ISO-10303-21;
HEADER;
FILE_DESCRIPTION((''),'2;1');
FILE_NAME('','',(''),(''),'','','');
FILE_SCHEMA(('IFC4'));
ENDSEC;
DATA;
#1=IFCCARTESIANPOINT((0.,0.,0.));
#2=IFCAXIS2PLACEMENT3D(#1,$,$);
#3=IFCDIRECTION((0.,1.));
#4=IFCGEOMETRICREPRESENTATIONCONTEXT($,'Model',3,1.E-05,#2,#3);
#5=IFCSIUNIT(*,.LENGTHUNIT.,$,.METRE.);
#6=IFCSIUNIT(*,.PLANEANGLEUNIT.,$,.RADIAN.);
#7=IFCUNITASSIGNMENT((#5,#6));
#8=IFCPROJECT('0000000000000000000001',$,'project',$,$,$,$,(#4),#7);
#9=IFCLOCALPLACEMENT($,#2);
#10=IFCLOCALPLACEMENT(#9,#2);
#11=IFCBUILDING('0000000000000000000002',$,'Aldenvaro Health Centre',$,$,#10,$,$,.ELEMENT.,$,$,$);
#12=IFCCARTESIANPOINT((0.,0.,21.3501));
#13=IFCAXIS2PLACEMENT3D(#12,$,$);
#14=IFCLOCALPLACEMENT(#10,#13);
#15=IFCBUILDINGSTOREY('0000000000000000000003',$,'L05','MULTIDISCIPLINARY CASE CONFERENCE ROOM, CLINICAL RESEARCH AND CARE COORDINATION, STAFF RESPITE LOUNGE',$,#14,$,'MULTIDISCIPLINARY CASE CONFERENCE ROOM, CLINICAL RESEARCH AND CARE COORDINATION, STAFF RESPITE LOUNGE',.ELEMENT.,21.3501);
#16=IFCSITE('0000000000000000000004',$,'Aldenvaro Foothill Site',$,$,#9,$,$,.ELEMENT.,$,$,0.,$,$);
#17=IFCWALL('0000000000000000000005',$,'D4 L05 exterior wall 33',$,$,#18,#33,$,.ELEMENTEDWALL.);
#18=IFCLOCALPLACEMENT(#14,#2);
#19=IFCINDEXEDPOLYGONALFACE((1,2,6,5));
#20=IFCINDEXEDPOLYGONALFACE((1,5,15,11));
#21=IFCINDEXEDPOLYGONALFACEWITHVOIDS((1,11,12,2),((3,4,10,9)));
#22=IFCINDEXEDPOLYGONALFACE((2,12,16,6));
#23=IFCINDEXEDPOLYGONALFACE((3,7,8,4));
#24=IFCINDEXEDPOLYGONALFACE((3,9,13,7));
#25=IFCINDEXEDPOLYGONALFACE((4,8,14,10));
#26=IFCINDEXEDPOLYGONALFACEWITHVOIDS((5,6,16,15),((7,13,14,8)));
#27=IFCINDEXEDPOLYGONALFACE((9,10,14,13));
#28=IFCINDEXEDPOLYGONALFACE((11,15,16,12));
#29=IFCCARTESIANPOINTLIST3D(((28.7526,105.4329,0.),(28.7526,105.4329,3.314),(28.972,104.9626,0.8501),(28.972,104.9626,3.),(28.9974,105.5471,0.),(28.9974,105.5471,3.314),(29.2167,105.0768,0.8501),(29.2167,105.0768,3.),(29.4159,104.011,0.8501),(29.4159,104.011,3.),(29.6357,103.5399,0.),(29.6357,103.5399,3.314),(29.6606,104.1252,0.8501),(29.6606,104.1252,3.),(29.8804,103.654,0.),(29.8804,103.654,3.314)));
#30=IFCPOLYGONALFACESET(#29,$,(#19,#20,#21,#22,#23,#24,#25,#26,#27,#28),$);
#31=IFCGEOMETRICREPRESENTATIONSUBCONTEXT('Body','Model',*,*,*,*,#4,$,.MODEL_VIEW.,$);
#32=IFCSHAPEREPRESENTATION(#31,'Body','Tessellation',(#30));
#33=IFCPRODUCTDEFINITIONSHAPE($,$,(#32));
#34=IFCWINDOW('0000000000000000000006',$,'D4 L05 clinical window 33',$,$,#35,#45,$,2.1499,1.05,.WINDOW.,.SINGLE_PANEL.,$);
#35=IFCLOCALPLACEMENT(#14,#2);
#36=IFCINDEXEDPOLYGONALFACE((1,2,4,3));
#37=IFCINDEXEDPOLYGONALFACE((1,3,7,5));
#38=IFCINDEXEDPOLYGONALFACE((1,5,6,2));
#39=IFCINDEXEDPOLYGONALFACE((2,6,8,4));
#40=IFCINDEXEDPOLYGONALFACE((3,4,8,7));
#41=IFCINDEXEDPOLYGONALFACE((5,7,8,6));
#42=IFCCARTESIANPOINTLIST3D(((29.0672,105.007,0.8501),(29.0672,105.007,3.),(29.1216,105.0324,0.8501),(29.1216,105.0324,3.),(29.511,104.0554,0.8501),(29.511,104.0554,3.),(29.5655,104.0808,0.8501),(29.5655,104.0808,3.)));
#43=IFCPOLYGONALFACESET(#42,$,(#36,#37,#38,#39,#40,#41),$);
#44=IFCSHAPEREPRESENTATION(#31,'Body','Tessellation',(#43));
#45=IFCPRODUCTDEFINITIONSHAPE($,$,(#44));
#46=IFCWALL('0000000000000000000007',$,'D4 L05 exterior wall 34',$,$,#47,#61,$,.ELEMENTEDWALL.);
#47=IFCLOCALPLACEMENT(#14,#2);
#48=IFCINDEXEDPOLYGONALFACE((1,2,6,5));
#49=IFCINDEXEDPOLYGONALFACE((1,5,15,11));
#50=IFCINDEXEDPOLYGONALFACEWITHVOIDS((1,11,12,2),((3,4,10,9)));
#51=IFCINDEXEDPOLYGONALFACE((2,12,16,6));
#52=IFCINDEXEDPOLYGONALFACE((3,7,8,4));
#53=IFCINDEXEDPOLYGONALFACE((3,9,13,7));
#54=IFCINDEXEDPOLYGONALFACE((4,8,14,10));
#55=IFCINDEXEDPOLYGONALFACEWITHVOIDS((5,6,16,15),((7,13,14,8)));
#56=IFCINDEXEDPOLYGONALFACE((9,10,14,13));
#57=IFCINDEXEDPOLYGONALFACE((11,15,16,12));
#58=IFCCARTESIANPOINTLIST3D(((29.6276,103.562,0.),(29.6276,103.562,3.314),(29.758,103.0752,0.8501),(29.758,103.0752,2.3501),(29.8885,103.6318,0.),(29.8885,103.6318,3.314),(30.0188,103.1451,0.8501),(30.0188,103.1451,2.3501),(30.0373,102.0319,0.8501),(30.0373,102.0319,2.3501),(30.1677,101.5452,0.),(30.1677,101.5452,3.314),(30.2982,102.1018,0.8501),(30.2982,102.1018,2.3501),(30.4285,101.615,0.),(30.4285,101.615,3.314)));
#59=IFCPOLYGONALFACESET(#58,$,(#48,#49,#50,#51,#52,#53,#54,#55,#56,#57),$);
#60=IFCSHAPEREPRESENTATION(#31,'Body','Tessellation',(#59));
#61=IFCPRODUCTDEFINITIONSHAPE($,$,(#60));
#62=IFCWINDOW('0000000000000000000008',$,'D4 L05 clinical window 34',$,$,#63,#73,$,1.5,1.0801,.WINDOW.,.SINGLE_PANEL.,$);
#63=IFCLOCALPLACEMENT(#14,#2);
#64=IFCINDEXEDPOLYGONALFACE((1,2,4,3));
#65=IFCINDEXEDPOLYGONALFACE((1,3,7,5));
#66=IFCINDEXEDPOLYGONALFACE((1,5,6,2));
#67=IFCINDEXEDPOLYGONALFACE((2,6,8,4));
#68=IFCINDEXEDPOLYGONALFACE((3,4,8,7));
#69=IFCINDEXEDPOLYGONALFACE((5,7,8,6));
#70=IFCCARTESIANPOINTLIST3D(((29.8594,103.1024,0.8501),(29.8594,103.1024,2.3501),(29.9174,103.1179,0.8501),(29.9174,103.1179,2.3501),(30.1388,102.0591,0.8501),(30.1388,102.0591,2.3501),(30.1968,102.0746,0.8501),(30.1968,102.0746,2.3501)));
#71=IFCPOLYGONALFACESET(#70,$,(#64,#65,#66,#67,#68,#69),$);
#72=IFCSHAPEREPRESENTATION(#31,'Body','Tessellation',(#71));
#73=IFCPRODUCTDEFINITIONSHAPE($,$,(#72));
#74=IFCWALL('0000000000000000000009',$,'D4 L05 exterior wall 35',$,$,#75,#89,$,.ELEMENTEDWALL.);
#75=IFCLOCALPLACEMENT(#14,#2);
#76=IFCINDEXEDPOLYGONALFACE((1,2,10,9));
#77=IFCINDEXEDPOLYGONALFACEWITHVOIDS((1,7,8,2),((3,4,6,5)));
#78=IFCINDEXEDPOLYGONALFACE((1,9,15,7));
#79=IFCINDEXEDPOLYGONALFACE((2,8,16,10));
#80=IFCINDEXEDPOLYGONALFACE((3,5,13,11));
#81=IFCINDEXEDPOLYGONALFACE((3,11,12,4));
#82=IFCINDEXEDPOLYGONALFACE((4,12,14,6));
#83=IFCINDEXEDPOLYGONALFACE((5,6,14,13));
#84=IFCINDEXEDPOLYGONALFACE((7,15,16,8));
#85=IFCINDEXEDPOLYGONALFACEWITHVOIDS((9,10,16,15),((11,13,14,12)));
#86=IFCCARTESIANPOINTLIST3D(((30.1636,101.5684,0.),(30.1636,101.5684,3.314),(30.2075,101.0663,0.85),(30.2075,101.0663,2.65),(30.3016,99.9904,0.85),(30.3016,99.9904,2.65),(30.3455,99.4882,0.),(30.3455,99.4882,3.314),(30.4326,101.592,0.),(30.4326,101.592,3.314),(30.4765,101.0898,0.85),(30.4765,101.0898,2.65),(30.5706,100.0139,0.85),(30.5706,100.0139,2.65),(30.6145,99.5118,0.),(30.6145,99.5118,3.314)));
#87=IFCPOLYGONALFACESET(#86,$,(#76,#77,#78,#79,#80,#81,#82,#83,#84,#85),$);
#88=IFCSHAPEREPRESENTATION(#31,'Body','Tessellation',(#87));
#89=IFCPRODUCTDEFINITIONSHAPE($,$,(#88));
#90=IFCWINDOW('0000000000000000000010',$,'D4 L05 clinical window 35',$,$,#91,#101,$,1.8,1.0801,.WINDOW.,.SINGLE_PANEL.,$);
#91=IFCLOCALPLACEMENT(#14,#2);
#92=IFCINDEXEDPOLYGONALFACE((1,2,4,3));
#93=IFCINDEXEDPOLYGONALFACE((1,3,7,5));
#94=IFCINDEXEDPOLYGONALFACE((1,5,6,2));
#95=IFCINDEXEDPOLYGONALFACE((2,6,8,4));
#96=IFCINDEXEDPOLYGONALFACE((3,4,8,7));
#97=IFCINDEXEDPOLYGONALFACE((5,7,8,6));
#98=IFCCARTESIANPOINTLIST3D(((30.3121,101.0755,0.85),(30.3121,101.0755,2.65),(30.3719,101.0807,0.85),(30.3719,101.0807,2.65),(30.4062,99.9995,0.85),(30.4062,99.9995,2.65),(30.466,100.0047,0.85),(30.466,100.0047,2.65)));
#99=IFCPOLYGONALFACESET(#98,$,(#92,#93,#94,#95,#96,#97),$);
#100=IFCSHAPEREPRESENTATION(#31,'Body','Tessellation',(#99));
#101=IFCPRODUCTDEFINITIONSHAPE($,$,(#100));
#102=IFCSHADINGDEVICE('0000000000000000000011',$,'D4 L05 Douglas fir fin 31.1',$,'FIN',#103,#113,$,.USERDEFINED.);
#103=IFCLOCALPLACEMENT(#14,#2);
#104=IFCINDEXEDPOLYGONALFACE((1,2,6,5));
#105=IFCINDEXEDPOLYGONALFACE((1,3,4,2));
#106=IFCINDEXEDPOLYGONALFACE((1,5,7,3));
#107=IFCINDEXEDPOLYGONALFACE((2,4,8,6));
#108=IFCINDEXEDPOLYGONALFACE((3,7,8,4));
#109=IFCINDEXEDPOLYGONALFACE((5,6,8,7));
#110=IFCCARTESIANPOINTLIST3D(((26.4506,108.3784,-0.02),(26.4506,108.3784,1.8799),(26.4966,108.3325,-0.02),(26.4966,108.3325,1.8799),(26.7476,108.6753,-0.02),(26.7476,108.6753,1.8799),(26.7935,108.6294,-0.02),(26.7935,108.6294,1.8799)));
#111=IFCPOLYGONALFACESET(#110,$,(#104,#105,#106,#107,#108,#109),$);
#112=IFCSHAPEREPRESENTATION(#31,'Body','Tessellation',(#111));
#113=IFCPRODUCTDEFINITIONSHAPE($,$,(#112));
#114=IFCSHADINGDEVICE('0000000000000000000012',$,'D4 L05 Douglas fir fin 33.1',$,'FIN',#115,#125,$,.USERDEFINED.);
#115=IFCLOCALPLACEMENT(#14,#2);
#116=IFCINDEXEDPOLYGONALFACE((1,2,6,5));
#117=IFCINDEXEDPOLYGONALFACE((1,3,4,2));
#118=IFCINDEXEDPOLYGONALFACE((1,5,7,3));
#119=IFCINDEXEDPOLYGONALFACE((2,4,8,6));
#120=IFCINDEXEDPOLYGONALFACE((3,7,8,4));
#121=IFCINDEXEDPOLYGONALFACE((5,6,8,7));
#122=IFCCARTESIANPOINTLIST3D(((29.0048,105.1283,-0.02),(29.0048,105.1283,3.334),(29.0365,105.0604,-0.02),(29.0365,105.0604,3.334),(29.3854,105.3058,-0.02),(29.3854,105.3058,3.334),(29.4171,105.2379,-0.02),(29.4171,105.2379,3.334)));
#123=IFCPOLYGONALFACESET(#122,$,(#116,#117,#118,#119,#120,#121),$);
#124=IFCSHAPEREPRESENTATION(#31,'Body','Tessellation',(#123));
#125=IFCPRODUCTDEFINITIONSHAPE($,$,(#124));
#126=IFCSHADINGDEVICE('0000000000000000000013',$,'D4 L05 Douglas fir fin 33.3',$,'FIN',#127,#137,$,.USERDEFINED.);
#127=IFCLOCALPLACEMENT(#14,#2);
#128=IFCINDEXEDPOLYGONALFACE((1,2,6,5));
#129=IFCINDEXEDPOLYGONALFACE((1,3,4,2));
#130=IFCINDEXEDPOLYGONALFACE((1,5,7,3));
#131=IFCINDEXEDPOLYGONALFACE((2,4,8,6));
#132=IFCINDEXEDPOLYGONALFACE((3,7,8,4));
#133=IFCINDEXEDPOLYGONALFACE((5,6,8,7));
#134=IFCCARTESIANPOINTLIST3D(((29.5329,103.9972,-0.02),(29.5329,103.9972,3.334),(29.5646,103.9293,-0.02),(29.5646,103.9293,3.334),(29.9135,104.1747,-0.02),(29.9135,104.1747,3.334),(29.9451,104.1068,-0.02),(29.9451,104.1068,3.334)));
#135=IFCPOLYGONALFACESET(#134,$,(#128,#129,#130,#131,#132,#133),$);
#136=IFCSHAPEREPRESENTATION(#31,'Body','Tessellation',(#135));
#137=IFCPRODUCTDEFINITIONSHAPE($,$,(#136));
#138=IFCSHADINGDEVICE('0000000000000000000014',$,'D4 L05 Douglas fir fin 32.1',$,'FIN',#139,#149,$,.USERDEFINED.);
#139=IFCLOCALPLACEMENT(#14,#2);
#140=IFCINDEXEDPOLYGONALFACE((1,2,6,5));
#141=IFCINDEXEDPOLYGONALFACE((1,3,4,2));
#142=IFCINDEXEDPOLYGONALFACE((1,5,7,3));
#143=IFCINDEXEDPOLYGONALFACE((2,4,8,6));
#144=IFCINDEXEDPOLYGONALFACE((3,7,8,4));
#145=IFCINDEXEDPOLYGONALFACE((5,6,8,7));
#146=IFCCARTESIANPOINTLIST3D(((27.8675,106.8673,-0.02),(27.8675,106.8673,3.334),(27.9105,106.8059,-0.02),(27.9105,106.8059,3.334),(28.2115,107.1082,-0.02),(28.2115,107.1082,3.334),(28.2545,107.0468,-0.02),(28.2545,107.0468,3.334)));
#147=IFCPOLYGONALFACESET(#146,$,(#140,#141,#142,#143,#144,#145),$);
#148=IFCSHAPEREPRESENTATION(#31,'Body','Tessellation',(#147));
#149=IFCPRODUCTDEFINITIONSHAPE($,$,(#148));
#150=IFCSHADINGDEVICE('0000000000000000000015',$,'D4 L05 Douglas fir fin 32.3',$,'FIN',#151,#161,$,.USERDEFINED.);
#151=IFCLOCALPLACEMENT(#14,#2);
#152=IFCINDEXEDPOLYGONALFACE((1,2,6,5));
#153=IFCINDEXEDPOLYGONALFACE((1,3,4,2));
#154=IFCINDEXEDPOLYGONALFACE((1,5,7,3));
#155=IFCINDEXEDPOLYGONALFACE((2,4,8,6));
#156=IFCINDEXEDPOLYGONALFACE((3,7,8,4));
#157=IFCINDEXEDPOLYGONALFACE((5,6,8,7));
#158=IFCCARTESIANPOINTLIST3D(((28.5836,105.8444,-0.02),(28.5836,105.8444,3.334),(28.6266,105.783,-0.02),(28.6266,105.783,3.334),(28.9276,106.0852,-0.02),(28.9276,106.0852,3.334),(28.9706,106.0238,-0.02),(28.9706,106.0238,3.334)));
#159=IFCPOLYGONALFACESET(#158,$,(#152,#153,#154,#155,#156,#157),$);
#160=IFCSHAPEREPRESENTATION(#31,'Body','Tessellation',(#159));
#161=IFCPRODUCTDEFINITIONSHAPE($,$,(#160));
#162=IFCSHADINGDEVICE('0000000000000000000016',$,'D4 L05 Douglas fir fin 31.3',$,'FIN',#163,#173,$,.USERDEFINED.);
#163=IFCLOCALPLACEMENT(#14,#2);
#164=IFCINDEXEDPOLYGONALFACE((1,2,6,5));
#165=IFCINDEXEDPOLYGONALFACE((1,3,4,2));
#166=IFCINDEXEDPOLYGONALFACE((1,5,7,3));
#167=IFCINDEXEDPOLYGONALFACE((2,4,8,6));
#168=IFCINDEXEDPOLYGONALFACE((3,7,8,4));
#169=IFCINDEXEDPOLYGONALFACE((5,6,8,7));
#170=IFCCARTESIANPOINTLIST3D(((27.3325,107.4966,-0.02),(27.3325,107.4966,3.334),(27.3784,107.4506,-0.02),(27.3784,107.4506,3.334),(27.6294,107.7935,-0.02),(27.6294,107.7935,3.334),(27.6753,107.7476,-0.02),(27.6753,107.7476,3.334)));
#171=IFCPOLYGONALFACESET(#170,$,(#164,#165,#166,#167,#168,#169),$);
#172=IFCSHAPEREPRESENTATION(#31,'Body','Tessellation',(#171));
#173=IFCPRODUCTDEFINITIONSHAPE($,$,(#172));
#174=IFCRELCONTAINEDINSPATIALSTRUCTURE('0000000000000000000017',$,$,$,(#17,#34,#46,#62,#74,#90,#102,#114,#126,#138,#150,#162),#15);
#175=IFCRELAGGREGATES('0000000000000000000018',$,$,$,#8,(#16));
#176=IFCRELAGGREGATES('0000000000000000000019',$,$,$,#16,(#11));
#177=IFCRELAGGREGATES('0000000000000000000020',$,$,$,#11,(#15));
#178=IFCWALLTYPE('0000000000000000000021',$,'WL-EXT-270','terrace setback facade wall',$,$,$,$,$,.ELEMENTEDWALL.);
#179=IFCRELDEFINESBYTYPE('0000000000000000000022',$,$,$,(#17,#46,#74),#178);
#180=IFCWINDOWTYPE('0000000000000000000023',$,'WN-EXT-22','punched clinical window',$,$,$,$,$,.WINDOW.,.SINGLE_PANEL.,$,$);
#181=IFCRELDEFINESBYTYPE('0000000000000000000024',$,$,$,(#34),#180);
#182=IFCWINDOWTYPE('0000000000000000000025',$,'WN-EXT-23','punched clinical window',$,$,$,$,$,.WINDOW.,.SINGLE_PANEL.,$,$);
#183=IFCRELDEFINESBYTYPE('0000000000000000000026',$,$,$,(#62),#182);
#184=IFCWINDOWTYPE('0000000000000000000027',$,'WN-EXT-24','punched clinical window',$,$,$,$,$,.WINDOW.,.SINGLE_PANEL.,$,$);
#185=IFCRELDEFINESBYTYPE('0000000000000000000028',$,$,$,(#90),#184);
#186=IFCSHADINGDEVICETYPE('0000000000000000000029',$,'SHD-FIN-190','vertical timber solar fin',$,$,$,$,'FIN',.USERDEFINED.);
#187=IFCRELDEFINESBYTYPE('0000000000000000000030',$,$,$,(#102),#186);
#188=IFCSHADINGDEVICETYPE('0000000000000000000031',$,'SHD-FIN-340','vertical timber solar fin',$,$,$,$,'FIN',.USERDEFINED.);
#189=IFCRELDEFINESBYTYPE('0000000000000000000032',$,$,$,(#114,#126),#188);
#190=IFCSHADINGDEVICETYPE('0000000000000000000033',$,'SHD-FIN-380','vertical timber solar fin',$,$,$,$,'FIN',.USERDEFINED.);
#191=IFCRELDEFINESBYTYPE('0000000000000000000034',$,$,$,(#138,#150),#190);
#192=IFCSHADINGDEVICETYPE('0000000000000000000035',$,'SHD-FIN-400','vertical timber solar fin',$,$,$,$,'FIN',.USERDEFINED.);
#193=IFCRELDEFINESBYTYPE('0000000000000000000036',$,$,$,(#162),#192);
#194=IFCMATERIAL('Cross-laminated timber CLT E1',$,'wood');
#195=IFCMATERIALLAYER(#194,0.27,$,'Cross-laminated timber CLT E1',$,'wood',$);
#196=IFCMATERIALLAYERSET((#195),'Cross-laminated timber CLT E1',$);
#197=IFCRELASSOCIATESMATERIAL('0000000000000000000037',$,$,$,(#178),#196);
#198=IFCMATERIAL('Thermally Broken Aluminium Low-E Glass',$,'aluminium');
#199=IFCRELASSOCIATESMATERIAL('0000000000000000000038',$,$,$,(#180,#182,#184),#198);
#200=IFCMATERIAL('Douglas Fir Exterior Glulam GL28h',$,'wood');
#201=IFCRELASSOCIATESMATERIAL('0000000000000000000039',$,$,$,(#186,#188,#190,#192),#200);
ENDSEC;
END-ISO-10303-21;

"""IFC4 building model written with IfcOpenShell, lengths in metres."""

from ifc_helpers import new_model, si_unit, direction, frame, frame_2d, origin, origin_2d, place, context, subcontext, project, spatial, rectangle, extrude, material, layer, layer_set, type_object, element, fill, save


model = new_model("IFC4")

# Units and contexts
model_context = context("Model", 3, precision=1e-05, world=origin(), true_north=direction((0.0, 1.0)))
body_context = subcontext(model_context, "Body", "Model", "MODEL_VIEW")
ifc_project = project(units=[si_unit("LENGTHUNIT", "METRE"), si_unit("PLANEANGLEUNIT", "RADIAN")], contexts=[model_context])

# Site, building, storey
site_placement = place(None, origin())
site = spatial("IfcSite", under=ifc_project, at=site_placement, Name="Aldenvaro Foothill Site", CompositionType="ELEMENT", RefElevation=0.0)
building_placement = place(site_placement, origin())
building = spatial("IfcBuilding", under=site, at=building_placement, Name="Aldenvaro Health Centre", CompositionType="ELEMENT")
storey_placement = place(building_placement, frame((0.0, 0.0, 21.3501)))
storey = spatial("IfcBuildingStorey", under=building, at=storey_placement, Name="L05", Description="MULTIDISCIPLINARY CASE CONFERENCE ROOM, CLINICAL RESEARCH AND CARE COORDINATION, STAFF RESPITE LOUNGE", LongName="MULTIDISCIPLINARY CASE CONFERENCE ROOM, CLINICAL RESEARCH AND CARE COORDINATION, STAFF RESPITE LOUNGE", CompositionType="ELEMENT", Elevation=21.3501)

# Walls, openings, windows
ifc_material_1 = material(Name="Cross-laminated timber CLT E1", Category="wood")
ifc_layer = layer(ifc_material_1, 0.27, Name="Cross-laminated timber CLT E1", Category="wood")
ifc_layer_set = layer_set([ifc_layer], Name="Cross-laminated timber CLT E1")
wall_type = type_object("IfcWallType", Name="WL-EXT-270", Description="terrace setback facade wall", PredefinedType="ELEMENTEDWALL", material=ifc_layer_set)
ifc_material_2 = material(Name="Thermally Broken Aluminium Low-E Glass", Category="aluminium")
wall_1_placement = place(storey_placement, frame((28.875, 105.49, 0.0), z_axis=(0.0, 0.0, 1.0), x_axis=(0.422738, -0.906252, 0.0)))
wall_1 = element("IfcWall", 1, at=wall_1_placement, inside=storey, type_object=wall_type, Name="D4 L05 exterior wall 33", PredefinedType="ELEMENTEDWALL", context=body_context, shape_type="SweptSolid", body=[
    extrude(rectangle(XDim=2.0889, YDim=0.27, at=frame_2d((1.0444, 0.0))), origin(), (0.0, 0.0, 1.0), 3.314),
])
opening_1_placement = place(wall_1_placement, frame((0.519, 0.0, 0.8501)))
opening_1 = element("IfcOpeningElement", 2, at=opening_1_placement, cuts=wall_1, PredefinedType="OPENING", context=body_context, shape_type="SweptSolid", body=[
    extrude(rectangle(XDim=1.05, YDim=2.1499, at=frame_2d((0.5249, 1.075))), frame((0.0, 0.145, 0.0), z_axis=(0.0, -1.0, 0.0), x_axis=(1.0, 0.0, 0.0)), (0.0, 0.0, 1.0), 0.29),
])
window_type_1 = type_object("IfcWindowType", Name="WN-EXT-22", Description="punched clinical window", PartitioningType="SINGLE_PANEL", PredefinedType="WINDOW", material=ifc_material_2)
window_1_placement = place(opening_1_placement, origin())
window_1 = element("IfcWindow", 3, at=window_1_placement, inside=storey, type_object=window_type_1, Name="D4 L05 clinical window 33", OverallHeight=2.1499, OverallWidth=1.05, PartitioningType="SINGLE_PANEL", PredefinedType="WINDOW", context=body_context, shape_type="SweptSolid", body=[
    extrude(rectangle(XDim=1.05, YDim=2.1499, at=frame_2d((0.5249, 1.075))), frame((0.0, 0.03, 0.0), z_axis=(0.0, -1.0, 0.0), x_axis=(1.0, 0.0, 0.0)), (0.0, 0.0, 1.0), 0.0601),
])
fill(opening_1, window_1)
wall_2_placement = place(storey_placement, frame((29.7581, 103.5969, 0.0), z_axis=(0.0, 0.0, 1.0), x_axis=(0.258652, -0.96597, 0.0)))
wall_2 = element("IfcWall", 4, at=wall_2_placement, inside=storey, type_object=wall_type, Name="D4 L05 exterior wall 34", PredefinedType="ELEMENTEDWALL", context=body_context, shape_type="SweptSolid", body=[
    extrude(rectangle(XDim=2.0879, YDim=0.27, at=frame_2d((1.0439, 0.0))), origin(), (0.0, 0.0, 1.0), 3.314),
])
opening_2_placement = place(wall_2_placement, frame((0.5039, 0.0, 0.8501)))
opening_2 = element("IfcOpeningElement", 5, at=opening_2_placement, cuts=wall_2, PredefinedType="OPENING", context=body_context, shape_type="SweptSolid", body=[
    extrude(rectangle(XDim=1.0801, YDim=1.5, at=frame_2d((0.54, 0.75))), frame((0.0, 0.145, 0.0), z_axis=(0.0, -1.0, 0.0), x_axis=(1.0, 0.0, 0.0)), (0.0, 0.0, 1.0), 0.29),
])
window_type_2 = type_object("IfcWindowType", Name="WN-EXT-23", Description="punched clinical window", PartitioningType="SINGLE_PANEL", PredefinedType="WINDOW", material=ifc_material_2)
window_2_placement = place(opening_2_placement, origin())
window_2 = element("IfcWindow", 6, at=window_2_placement, inside=storey, type_object=window_type_2, Name="D4 L05 clinical window 34", OverallHeight=1.5, OverallWidth=1.0801, PartitioningType="SINGLE_PANEL", PredefinedType="WINDOW", context=body_context, shape_type="SweptSolid", body=[
    extrude(rectangle(XDim=1.0801, YDim=1.5, at=frame_2d((0.54, 0.75))), frame((0.0, 0.03, 0.0), z_axis=(0.0, -1.0, 0.0), x_axis=(1.0, 0.0, 0.0)), (0.0, 0.0, 1.0), 0.0601),
])
fill(opening_2, window_2)
wall_3_placement = place(storey_placement, frame((30.2981, 101.5801, 0.0), z_axis=(0.0, 0.0, 1.0), x_axis=(0.087109, -0.996199, 0.0)))
wall_3 = element("IfcWall", 7, at=wall_3_placement, inside=storey, type_object=wall_type, Name="D4 L05 exterior wall 35", PredefinedType="ELEMENTEDWALL", context=body_context, shape_type="SweptSolid", body=[
    extrude(rectangle(XDim=2.0881, YDim=0.27, at=frame_2d((1.0439, 0.0))), origin(), (0.0, 0.0, 1.0), 3.314),
])
opening_3_placement = place(wall_3_placement, frame((0.5039, 0.0, 0.8501)))
opening_3 = element("IfcOpeningElement", 8, at=opening_3_placement, cuts=wall_3, PredefinedType="OPENING", context=body_context, shape_type="SweptSolid", body=[
    extrude(rectangle(XDim=1.0801, YDim=1.8, at=frame_2d((0.54, 0.8999))), frame((0.0, 0.145, 0.0), z_axis=(0.0, -1.0, 0.0), x_axis=(1.0, 0.0, 0.0)), (0.0, 0.0, 1.0), 0.29),
])
window_type_3 = type_object("IfcWindowType", Name="WN-EXT-24", Description="punched clinical window", PartitioningType="SINGLE_PANEL", PredefinedType="WINDOW", material=ifc_material_2)
window_3_placement = place(opening_3_placement, origin())
window_3 = element("IfcWindow", 9, at=window_3_placement, inside=storey, type_object=window_type_3, Name="D4 L05 clinical window 35", OverallHeight=1.8, OverallWidth=1.0801, PartitioningType="SINGLE_PANEL", PredefinedType="WINDOW", context=body_context, shape_type="SweptSolid", body=[
    extrude(rectangle(XDim=1.0801, YDim=1.8, at=frame_2d((0.54, 0.8999))), frame((0.0, 0.03, 0.0), z_axis=(0.0, -1.0, 0.0), x_axis=(1.0, 0.0, 0.0)), (0.0, 0.0, 1.0), 0.0601),
])
fill(opening_3, window_3)

# Shading devices
ifc_material_3 = material(Name="Douglas Fir Exterior Glulam GL28h", Category="wood")
shading_device_type_1 = type_object("IfcShadingDeviceType", Name="SHD-FIN-190", Description="vertical timber solar fin", ElementType="FIN", PredefinedType="USERDEFINED", material=ifc_material_3)
shading_device_1_placement = place(storey_placement, frame((26.6221, 108.5039, -0.02), z_axis=(0.0, 0.0, 1.0), x_axis=(0.707107, -0.707107, 0.0)))
element("IfcShadingDevice", 10, at=shading_device_1_placement, inside=storey, type_object=shading_device_type_1, Name="D4 L05 Douglas fir fin 31.1", ObjectType="FIN", PredefinedType="USERDEFINED", context=body_context, shape_type="SweptSolid", body=[
    extrude(rectangle(XDim=0.0649, YDim=0.4199, at=origin_2d()), origin(), (0.0, 0.0, 1.0), 1.8999),
])
shading_device_type_2 = type_object("IfcShadingDeviceType", Name="SHD-FIN-340", Description="vertical timber solar fin", ElementType="FIN", PredefinedType="USERDEFINED", material=ifc_material_3)
for number, where, z_axis, x_axis, name in (
    (11, (29.2109, 105.1831, -0.02), (0.0, 0.0, 1.0), (0.422728, -0.906257, 0.0), "D4 L05 Douglas fir fin 33.1"),
    (12, (29.739, 104.052, -0.02), (0.0, 0.0, 1.0), (0.422728, -0.906257, 0.0), "D4 L05 Douglas fir fin 33.3"),
):
    element("IfcShadingDevice", number, at=place(storey_placement, frame(where, z_axis=z_axis, x_axis=x_axis)), inside=storey, type_object=shading_device_type_2, Name=name, ObjectType="FIN", PredefinedType="USERDEFINED", context=body_context, shape_type="SweptSolid", body=[
        extrude(rectangle(XDim=0.075, YDim=0.4199, at=origin_2d()), origin(), (0.0, 0.0, 1.0), 3.354),
    ])
shading_device_type_3 = type_object("IfcShadingDeviceType", Name="SHD-FIN-380", Description="vertical timber solar fin", ElementType="FIN", PredefinedType="USERDEFINED", material=ifc_material_3)
for number, where, z_axis, x_axis, name in (
    (13, (28.061, 106.957, -0.02), (0.0, 0.0, 1.0), (0.573559, -0.819164, 0.0), "D4 L05 Douglas fir fin 32.1"),
    (14, (28.7771, 105.9341, -0.02), (0.0, 0.0, 1.0), (0.573559, -0.819164, 0.0), "D4 L05 Douglas fir fin 32.3"),
):
    element("IfcShadingDevice", number, at=place(storey_placement, frame(where, z_axis=z_axis, x_axis=x_axis)), inside=storey, type_object=shading_device_type_3, Name=name, ObjectType="FIN", PredefinedType="USERDEFINED", context=body_context, shape_type="SweptSolid", body=[
        extrude(rectangle(XDim=0.075, YDim=0.4199, at=origin_2d()), origin(), (0.0, 0.0, 1.0), 3.354),
    ])
shading_device_type_4 = type_object("IfcShadingDeviceType", Name="SHD-FIN-400", Description="vertical timber solar fin", ElementType="FIN", PredefinedType="USERDEFINED", material=ifc_material_3)
shading_device_2_placement = place(storey_placement, frame((27.5039, 107.6221, -0.02), z_axis=(0.0, 0.0, 1.0), x_axis=(0.707107, -0.707107, 0.0)))
element("IfcShadingDevice", 15, at=shading_device_2_placement, inside=storey, type_object=shading_device_type_4, Name="D4 L05 Douglas fir fin 31.3", ObjectType="FIN", PredefinedType="USERDEFINED", context=body_context, shape_type="SweptSolid", body=[
    extrude(rectangle(XDim=0.0649, YDim=0.4199, at=origin_2d()), origin(), (0.0, 0.0, 1.0), 3.354),
])

save(model, "model.ifc")
